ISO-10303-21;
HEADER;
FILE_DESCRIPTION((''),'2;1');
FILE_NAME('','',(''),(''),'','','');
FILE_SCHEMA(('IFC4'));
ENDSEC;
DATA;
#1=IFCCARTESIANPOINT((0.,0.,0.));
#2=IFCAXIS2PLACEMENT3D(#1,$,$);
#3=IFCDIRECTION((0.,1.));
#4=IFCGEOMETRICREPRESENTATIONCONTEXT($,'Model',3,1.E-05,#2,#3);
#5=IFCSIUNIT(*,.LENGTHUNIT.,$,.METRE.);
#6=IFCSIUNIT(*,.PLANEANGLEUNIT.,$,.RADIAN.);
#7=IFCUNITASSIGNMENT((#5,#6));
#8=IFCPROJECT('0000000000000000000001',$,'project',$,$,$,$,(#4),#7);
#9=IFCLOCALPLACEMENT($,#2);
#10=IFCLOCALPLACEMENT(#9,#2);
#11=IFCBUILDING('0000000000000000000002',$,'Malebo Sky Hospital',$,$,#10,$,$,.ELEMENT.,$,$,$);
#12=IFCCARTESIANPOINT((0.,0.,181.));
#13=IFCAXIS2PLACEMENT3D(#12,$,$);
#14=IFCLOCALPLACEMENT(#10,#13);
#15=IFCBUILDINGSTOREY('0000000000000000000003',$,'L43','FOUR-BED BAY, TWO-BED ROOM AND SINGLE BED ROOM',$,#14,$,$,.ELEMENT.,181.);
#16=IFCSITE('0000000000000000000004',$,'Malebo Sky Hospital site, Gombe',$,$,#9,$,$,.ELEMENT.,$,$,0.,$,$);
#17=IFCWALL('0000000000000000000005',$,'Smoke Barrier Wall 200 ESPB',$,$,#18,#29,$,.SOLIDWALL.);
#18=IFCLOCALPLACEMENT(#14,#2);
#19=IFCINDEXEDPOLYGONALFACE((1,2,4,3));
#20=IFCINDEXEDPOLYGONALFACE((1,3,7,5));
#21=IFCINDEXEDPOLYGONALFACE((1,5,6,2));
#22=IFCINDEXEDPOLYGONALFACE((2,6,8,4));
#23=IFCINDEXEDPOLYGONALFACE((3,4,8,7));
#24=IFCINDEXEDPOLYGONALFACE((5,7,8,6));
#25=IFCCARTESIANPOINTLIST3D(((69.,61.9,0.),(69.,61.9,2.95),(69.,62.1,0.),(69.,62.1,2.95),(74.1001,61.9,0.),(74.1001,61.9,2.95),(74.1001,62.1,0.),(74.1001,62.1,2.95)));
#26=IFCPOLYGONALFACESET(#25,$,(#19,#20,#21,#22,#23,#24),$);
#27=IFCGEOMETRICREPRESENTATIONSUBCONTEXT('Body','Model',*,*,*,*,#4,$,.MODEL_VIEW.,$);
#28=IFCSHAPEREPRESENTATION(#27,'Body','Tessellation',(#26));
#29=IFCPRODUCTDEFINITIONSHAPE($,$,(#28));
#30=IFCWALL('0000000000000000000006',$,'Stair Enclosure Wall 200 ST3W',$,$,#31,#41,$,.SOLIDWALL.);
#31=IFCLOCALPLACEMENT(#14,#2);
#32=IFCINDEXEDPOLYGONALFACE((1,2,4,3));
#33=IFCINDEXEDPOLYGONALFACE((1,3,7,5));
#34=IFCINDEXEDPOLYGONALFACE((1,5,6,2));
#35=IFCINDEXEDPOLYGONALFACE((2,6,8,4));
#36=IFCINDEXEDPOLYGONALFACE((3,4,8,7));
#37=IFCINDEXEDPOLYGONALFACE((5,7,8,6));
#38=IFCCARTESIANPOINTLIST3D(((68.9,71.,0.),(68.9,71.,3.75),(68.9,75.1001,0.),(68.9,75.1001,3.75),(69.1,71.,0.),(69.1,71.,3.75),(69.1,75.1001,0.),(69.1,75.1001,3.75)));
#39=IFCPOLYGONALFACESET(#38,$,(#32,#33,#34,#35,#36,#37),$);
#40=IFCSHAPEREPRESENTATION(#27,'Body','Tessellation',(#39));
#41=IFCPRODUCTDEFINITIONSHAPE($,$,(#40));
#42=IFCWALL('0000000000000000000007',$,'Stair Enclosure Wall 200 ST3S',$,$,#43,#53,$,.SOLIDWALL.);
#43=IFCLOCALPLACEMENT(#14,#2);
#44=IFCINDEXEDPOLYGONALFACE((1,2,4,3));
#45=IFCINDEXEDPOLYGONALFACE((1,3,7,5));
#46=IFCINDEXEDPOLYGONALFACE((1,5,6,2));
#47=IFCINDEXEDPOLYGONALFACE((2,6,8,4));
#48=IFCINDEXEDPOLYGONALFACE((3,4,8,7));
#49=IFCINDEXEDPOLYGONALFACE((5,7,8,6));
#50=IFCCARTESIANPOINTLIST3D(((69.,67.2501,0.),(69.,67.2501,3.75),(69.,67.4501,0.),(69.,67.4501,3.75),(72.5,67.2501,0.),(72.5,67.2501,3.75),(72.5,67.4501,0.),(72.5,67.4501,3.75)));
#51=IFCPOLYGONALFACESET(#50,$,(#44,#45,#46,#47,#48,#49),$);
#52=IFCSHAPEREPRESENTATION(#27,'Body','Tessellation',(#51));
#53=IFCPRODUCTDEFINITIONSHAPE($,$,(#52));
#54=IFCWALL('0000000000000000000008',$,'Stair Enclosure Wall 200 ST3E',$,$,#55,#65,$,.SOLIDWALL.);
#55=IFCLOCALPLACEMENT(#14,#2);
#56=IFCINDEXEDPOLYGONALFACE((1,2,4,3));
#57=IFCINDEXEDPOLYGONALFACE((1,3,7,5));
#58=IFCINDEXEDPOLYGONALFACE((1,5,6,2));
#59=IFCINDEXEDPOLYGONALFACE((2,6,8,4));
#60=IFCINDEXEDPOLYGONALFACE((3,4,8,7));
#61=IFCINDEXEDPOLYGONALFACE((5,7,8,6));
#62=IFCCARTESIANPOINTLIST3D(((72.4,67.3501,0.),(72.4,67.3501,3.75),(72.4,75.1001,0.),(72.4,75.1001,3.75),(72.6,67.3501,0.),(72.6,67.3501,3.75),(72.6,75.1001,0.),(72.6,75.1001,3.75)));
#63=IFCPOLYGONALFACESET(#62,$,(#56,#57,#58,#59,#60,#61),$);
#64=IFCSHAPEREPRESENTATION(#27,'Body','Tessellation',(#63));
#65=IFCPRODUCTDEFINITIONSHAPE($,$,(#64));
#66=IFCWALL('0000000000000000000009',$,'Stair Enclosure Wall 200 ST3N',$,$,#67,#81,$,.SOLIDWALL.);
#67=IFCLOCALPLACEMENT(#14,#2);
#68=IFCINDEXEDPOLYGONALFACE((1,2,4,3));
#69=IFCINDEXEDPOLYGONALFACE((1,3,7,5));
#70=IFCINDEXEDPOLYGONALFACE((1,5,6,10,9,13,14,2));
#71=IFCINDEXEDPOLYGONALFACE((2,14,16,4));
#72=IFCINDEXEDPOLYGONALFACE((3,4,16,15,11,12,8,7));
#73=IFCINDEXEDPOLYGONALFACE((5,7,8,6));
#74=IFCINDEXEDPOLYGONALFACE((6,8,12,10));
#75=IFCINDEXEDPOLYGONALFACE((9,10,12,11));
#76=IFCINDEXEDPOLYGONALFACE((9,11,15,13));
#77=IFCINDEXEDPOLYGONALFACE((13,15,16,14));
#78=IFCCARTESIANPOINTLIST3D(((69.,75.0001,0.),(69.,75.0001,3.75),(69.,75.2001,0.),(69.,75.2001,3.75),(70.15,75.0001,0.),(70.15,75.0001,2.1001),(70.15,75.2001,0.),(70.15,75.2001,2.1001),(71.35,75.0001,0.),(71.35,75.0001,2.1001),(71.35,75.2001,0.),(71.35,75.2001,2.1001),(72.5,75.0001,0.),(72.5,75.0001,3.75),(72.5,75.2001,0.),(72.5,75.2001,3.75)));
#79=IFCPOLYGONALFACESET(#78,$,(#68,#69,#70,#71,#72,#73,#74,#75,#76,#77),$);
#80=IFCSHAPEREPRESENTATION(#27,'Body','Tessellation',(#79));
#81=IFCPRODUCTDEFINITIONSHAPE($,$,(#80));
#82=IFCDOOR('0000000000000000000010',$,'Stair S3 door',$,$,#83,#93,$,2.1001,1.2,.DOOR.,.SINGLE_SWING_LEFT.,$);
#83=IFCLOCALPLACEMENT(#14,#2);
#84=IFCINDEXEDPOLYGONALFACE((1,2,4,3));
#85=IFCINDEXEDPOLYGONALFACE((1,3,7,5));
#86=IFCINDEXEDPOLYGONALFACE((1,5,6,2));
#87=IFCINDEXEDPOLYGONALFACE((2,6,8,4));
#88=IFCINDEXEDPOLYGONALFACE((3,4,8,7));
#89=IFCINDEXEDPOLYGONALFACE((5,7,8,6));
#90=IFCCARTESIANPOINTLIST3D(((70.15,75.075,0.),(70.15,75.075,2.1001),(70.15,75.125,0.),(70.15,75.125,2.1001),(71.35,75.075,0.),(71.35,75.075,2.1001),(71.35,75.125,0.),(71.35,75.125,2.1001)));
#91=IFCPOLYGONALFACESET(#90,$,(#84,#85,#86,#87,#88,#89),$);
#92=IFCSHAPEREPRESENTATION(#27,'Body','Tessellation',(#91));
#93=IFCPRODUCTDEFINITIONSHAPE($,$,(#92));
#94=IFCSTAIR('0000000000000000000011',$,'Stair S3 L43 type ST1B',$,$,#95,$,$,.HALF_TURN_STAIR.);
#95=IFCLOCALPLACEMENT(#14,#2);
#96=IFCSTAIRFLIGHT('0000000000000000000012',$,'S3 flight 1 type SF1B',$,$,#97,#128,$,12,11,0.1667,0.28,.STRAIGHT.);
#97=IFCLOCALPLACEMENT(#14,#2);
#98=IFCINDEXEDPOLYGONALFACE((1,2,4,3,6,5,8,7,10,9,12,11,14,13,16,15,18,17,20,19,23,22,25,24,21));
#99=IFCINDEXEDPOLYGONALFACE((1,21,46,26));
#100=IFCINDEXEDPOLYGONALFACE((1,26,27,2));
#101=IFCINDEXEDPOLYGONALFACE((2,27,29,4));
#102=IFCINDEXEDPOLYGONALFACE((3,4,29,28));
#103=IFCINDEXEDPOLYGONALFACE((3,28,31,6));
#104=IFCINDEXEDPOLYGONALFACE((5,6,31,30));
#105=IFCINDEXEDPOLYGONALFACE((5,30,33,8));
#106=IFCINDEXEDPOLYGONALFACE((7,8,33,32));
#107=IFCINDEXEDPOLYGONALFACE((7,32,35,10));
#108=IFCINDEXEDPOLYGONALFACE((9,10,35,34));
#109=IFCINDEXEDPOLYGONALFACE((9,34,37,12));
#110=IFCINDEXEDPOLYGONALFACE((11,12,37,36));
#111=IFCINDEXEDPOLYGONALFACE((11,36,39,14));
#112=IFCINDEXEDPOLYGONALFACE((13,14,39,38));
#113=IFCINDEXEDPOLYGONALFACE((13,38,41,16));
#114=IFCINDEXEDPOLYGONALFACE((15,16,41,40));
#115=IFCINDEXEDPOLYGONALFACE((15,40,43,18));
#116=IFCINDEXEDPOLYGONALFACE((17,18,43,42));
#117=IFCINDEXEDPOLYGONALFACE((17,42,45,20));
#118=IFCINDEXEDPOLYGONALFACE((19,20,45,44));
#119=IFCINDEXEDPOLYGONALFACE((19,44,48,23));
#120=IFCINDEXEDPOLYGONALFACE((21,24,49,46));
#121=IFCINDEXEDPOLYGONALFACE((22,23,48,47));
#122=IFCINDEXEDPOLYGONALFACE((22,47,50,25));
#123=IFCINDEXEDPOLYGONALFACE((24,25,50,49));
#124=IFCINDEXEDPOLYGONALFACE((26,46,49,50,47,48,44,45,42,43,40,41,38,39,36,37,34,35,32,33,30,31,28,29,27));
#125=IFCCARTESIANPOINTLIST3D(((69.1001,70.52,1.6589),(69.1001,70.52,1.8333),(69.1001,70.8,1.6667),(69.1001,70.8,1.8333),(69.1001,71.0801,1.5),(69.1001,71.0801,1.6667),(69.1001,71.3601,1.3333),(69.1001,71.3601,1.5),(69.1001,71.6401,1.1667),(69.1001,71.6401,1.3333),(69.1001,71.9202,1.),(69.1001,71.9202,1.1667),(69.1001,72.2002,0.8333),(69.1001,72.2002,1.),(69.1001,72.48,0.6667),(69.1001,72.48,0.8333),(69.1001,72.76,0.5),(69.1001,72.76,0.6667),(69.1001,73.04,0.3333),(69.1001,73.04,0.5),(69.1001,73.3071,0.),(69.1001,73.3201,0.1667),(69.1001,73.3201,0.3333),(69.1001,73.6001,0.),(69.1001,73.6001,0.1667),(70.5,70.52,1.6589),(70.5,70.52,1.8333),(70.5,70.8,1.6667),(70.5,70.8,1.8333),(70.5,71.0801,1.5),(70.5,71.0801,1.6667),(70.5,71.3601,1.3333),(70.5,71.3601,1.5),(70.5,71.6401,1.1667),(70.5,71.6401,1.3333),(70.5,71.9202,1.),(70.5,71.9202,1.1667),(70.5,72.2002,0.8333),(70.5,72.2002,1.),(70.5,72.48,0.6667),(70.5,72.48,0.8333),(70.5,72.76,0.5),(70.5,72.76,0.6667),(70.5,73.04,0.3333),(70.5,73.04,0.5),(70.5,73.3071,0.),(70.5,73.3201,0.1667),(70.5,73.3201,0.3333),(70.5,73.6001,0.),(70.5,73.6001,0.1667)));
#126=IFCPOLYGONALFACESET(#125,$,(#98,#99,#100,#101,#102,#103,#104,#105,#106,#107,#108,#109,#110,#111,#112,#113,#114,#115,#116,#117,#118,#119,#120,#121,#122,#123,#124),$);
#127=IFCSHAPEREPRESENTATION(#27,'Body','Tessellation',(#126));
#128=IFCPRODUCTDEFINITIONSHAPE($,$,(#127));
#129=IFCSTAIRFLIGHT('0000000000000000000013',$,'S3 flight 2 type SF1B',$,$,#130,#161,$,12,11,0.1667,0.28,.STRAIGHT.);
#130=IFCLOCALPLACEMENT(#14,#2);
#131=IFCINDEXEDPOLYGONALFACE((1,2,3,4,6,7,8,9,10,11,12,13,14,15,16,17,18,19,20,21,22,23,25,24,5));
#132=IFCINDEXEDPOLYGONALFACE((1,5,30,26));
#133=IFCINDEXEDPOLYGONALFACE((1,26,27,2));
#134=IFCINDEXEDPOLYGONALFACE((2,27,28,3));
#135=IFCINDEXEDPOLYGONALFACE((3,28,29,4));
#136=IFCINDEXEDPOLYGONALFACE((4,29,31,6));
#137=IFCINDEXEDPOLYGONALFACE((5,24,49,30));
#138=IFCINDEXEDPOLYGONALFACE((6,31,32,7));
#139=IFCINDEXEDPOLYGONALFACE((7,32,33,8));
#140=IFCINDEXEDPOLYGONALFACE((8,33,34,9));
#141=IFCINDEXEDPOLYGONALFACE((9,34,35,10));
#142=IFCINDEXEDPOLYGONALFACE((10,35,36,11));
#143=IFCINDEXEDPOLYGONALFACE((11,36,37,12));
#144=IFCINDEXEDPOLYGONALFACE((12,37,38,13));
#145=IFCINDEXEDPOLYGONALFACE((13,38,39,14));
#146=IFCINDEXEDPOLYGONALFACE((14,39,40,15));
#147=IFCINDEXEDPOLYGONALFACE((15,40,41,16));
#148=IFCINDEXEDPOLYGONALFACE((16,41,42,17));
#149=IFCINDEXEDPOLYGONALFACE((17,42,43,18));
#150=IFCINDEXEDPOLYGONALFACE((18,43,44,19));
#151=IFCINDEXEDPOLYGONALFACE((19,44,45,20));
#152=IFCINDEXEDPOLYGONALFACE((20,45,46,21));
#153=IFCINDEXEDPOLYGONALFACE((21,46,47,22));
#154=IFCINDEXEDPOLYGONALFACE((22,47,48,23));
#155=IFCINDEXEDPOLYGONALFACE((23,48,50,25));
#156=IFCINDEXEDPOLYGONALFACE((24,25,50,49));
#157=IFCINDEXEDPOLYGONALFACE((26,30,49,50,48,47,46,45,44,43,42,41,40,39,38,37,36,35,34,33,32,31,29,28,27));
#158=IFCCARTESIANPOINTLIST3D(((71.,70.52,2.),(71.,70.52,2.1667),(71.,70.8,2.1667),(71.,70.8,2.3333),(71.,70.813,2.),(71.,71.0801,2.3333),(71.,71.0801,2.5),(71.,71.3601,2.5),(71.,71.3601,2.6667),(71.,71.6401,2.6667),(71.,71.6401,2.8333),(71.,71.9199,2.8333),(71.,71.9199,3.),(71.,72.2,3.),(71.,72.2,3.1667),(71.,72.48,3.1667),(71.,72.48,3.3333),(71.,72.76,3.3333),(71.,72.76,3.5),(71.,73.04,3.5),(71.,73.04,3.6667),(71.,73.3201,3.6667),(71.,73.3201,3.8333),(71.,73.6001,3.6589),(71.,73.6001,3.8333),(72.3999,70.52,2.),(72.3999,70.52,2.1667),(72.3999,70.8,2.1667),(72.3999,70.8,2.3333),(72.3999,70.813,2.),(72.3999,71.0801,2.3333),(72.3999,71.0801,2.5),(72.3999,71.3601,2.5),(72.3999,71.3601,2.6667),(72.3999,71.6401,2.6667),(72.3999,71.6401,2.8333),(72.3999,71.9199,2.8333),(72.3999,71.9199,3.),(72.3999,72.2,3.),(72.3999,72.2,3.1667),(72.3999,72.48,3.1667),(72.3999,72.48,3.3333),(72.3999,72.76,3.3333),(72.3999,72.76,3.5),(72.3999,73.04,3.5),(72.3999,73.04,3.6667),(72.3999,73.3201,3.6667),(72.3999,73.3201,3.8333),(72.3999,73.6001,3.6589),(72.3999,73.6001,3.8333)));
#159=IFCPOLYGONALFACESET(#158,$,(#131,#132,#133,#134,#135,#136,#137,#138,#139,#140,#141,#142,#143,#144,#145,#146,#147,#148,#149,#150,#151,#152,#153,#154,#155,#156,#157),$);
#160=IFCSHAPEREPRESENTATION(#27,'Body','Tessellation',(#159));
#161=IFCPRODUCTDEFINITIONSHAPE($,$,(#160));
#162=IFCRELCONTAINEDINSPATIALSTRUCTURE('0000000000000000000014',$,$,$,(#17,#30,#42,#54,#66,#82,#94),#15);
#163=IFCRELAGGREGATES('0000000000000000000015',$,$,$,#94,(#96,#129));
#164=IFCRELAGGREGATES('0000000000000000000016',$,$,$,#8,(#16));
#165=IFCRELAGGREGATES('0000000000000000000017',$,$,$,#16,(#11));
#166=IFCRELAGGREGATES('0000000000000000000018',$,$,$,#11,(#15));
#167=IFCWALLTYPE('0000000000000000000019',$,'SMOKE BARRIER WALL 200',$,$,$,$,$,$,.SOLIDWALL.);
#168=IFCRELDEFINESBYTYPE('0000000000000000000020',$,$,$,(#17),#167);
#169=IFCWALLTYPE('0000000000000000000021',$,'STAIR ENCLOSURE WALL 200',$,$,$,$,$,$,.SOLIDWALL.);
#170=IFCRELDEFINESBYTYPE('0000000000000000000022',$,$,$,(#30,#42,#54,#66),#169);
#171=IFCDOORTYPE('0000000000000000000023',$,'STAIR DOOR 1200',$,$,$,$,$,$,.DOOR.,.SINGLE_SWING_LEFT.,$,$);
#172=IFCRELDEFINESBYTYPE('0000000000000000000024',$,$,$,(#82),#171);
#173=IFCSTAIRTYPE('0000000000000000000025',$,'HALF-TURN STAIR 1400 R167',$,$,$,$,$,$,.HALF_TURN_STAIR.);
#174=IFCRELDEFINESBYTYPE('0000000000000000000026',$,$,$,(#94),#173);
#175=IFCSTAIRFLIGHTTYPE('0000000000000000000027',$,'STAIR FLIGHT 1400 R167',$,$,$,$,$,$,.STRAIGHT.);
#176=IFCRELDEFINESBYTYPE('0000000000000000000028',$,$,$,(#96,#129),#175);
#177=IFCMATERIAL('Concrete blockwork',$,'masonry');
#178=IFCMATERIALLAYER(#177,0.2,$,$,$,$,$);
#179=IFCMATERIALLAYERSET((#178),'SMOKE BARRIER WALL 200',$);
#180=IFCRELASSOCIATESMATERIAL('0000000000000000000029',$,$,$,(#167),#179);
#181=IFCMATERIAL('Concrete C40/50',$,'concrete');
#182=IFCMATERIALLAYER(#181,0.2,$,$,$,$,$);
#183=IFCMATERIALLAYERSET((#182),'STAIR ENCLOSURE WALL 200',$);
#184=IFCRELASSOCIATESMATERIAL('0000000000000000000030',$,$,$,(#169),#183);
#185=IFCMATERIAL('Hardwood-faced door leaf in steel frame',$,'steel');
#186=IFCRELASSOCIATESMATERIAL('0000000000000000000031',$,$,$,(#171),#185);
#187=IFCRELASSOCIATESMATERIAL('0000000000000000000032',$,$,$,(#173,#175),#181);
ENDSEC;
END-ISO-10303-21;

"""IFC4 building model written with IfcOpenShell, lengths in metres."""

from ifc_helpers import new_model, si_unit, direction, frame, frame_2d, origin, place, context, subcontext, project, spatial, polyline, rectangle, outline, extrude, material, layer, layer_set, type_object, element, fill, aggregate, save


model = new_model("IFC4")

# Units and contexts
model_context = context("Model", 3, precision=1e-05, world=origin(), true_north=direction((0.0, 1.0)))
body_context = subcontext(model_context, "Body", "Model", "MODEL_VIEW")
ifc_project = project(units=[si_unit("LENGTHUNIT", "METRE"), si_unit("PLANEANGLEUNIT", "RADIAN")], contexts=[model_context])

# Site, building, storey
site_placement = place(None, origin())
site = spatial("IfcSite", under=ifc_project, at=site_placement, Name="Malebo Sky Hospital site, Gombe", CompositionType="ELEMENT", RefElevation=0.0)
building_placement = place(site_placement, origin())
building = spatial("IfcBuilding", under=site, at=building_placement, Name="Malebo Sky Hospital", CompositionType="ELEMENT")
storey_placement = place(building_placement, frame((0.0, 0.0, 181.0)))
storey = spatial("IfcBuildingStorey", under=building, at=storey_placement, Name="L43", Description="FOUR-BED BAY, TWO-BED ROOM AND SINGLE BED ROOM", CompositionType="ELEMENT", Elevation=181.0)

# Shared definitions
ifc_material_1 = material(Name="Hardwood-faced door leaf in steel frame", Category="steel")

# Walls
ifc_material_2 = material(Name="Concrete blockwork", Category="masonry")
ifc_layer_1 = layer(ifc_material_2, 0.2)
ifc_layer_set_1 = layer_set([ifc_layer_1], Name="SMOKE BARRIER WALL 200")
wall_type_1 = type_object("IfcWallType", Name="SMOKE BARRIER WALL 200", PredefinedType="SOLIDWALL", material=ifc_layer_set_1)
wall_1_placement = place(storey_placement, frame((69.0, 62.0, 0.0), z_axis=(0.0, 0.0, 1.0), x_axis=(1.0, 0.0, 0.0)))
element("IfcWall", 1, at=wall_1_placement, inside=storey, type_object=wall_type_1, Name="Smoke Barrier Wall 200 ESPB", PredefinedType="SOLIDWALL", context=body_context, shape_type="SweptSolid", body=[
    extrude(rectangle(XDim=5.1001, YDim=0.2, at=frame_2d((2.55, 0.0))), origin(), (0.0, 0.0, 1.0), 2.95),
])
ifc_material_3 = material(Name="Concrete C40/50", Category="concrete")
ifc_layer_2 = layer(ifc_material_3, 0.2)
ifc_layer_set_2 = layer_set([ifc_layer_2], Name="STAIR ENCLOSURE WALL 200")
wall_type_2 = type_object("IfcWallType", Name="STAIR ENCLOSURE WALL 200", PredefinedType="SOLIDWALL", material=ifc_layer_set_2)
wall_2_placement = place(storey_placement, frame((69.0, 71.0, 0.0), z_axis=(0.0, 0.0, 1.0), x_axis=(0.0, 1.0, 0.0)))
element("IfcWall", 2, at=wall_2_placement, inside=storey, type_object=wall_type_2, Name="Stair Enclosure Wall 200 ST3W", PredefinedType="SOLIDWALL", context=body_context, shape_type="SweptSolid", body=[
    extrude(rectangle(XDim=4.1001, YDim=0.2, at=frame_2d((2.05, 0.0))), origin(), (0.0, 0.0, 1.0), 3.75),
])
wall_3_placement = place(storey_placement, frame((69.0, 67.3501, 0.0), z_axis=(0.0, 0.0, 1.0), x_axis=(1.0, 0.0, 0.0)))
element("IfcWall", 3, at=wall_3_placement, inside=storey, type_object=wall_type_2, Name="Stair Enclosure Wall 200 ST3S", PredefinedType="SOLIDWALL", context=body_context, shape_type="SweptSolid", body=[
    extrude(rectangle(XDim=3.5, YDim=0.2, at=frame_2d((1.75, 0.0))), origin(), (0.0, 0.0, 1.0), 3.75),
])
wall_4_placement = place(storey_placement, frame((72.5, 67.3501, 0.0), z_axis=(0.0, 0.0, 1.0), x_axis=(0.0, 1.0, 0.0)))
element("IfcWall", 4, at=wall_4_placement, inside=storey, type_object=wall_type_2, Name="Stair Enclosure Wall 200 ST3E", PredefinedType="SOLIDWALL", context=body_context, shape_type="SweptSolid", body=[
    extrude(rectangle(XDim=7.75, YDim=0.2, at=frame_2d((3.875, 0.0))), origin(), (0.0, 0.0, 1.0), 3.75),
])

# Wall, opening, door
wall_5_placement = place(storey_placement, frame((69.0, 75.1001, 0.0), z_axis=(0.0, 0.0, 1.0), x_axis=(1.0, 0.0, 0.0)))
wall_5 = element("IfcWall", 5, at=wall_5_placement, inside=storey, type_object=wall_type_2, Name="Stair Enclosure Wall 200 ST3N", PredefinedType="SOLIDWALL", context=body_context, shape_type="SweptSolid", body=[
    extrude(rectangle(XDim=3.5, YDim=0.2, at=frame_2d((1.75, 0.0))), origin(), (0.0, 0.0, 1.0), 3.75),
])
opening_1_placement = place(wall_5_placement, frame((1.1499, 0.0, 0.0)))
opening_1 = element("IfcOpeningElement", 6, at=opening_1_placement, cuts=wall_5, PredefinedType="OPENING", context=body_context, shape_type="SweptSolid", body=[
    extrude(rectangle(XDim=1.2, YDim=2.1001, at=frame_2d((0.6001, 1.05))), frame((0.0, 0.1099, 0.0), z_axis=(0.0, -1.0, 0.0), x_axis=(1.0, 0.0, 0.0)), (0.0, 0.0, 1.0), 0.22),
])
door_type_1 = type_object("IfcDoorType", Name="STAIR DOOR 1200", OperationType="SINGLE_SWING_LEFT", PredefinedType="DOOR", material=ifc_material_1)
door_1_placement = place(opening_1_placement, origin())
door_1 = element("IfcDoor", 7, at=door_1_placement, inside=storey, type_object=door_type_1, Name="Stair S3 door", OperationType="SINGLE_SWING_LEFT", OverallHeight=2.1001, OverallWidth=1.2, PredefinedType="DOOR", context=body_context, shape_type="SweptSolid", body=[
    extrude(rectangle(XDim=1.2, YDim=2.1001, at=frame_2d((0.6001, 1.05))), frame((0.0, 0.0249, 0.0), z_axis=(0.0, -1.0, 0.0), x_axis=(1.0, 0.0, 0.0)), (0.0, 0.0, 1.0), 0.05),
])
fill(opening_1, door_1)

# Stair, stair flights
stair_type = type_object("IfcStairType", Name="HALF-TURN STAIR 1400 R167", PredefinedType="HALF_TURN_STAIR", material=ifc_material_3)
stair_placement = place(storey_placement, origin())
stair = element("IfcStair", 8, at=stair_placement, inside=storey, type_object=stair_type, Name="Stair S3 L43 type ST1B", PredefinedType="HALF_TURN_STAIR")
stair_flight_type = type_object("IfcStairFlightType", Name="STAIR FLIGHT 1400 R167", PredefinedType="STRAIGHT", material=ifc_material_3)
stair_flight_1_placement = place(storey_placement, frame((69.8, 73.6001, 0.0), z_axis=(0.0, 0.0, 1.0), x_axis=(0.0, -1.0, 0.0)))
stair_flight_1 = element("IfcStairFlight", 9, at=stair_flight_1_placement, type_object=stair_flight_type, Name="S3 flight 1 type SF1B", NumberOfRisers=12, NumberOfTreads=11, PredefinedType="STRAIGHT", RiserHeight=0.1667, TreadLength=0.28, context=body_context, shape_type="SweptSolid", body=[
    extrude(outline(polyline([(0.0, 0.0), (0.0, 0.1667), (0.28, 0.1667), (0.28, 0.3333), (0.5601, 0.3333), (0.5601, 0.5), (0.8401, 0.5), (0.8401, 0.6667), (1.1201, 0.6667), (1.1201, 0.8333), (1.3999, 0.8333), (1.3999, 1.0), (1.6799, 1.0), (1.6799, 1.1667), (1.96, 1.1667), (1.96, 1.3333), (2.24, 1.3333), (2.24, 1.5), (2.52, 1.5), (2.52, 1.6667), (2.8, 1.6667), (2.8, 1.8333), (3.0801, 1.8333), (3.0801, 2.0), (3.0801, 1.6589), (0.293, 0.0), (0.0, 0.0)])), frame((0.0, 0.7, 0.0), z_axis=(0.0, -1.0, 0.0), x_axis=(1.0, 0.0, 0.0)), (0.0, 0.0, 1.0), 1.3999),
])
stair_flight_2_placement = place(storey_placement, frame((71.7, 70.52, 2.0), z_axis=(0.0, 0.0, 1.0), x_axis=(0.0, 1.0, 0.0)))
stair_flight_2 = element("IfcStairFlight", 10, at=stair_flight_2_placement, type_object=stair_flight_type, Name="S3 flight 2 type SF1B", NumberOfRisers=12, NumberOfTreads=11, PredefinedType="STRAIGHT", RiserHeight=0.1667, TreadLength=0.28, context=body_context, shape_type="SweptSolid", body=[
    extrude(outline(polyline([(0.0, 0.0), (0.0, 0.1667), (0.28, 0.1667), (0.28, 0.3333), (0.5601, 0.3333), (0.5601, 0.5), (0.8401, 0.5), (0.8401, 0.6667), (1.1201, 0.6667), (1.1201, 0.8333), (1.3999, 0.8333), (1.3999, 1.0), (1.6799, 1.0), (1.6799, 1.1667), (1.96, 1.1667), (1.96, 1.3333), (2.24, 1.3333), (2.24, 1.5), (2.52, 1.5), (2.52, 1.6667), (2.8, 1.6667), (2.8, 1.8333), (3.0801, 1.8333), (3.0801, 2.0), (3.0801, 1.6589), (0.293, 0.0), (0.0, 0.0)])), frame((0.0, 0.7, 0.0), z_axis=(0.0, -1.0, 0.0), x_axis=(1.0, 0.0, 0.0)), (0.0, 0.0, 1.0), 1.3999),
])
aggregate(stair, [stair_flight_1, stair_flight_2])

save(model, "model.ifc")
